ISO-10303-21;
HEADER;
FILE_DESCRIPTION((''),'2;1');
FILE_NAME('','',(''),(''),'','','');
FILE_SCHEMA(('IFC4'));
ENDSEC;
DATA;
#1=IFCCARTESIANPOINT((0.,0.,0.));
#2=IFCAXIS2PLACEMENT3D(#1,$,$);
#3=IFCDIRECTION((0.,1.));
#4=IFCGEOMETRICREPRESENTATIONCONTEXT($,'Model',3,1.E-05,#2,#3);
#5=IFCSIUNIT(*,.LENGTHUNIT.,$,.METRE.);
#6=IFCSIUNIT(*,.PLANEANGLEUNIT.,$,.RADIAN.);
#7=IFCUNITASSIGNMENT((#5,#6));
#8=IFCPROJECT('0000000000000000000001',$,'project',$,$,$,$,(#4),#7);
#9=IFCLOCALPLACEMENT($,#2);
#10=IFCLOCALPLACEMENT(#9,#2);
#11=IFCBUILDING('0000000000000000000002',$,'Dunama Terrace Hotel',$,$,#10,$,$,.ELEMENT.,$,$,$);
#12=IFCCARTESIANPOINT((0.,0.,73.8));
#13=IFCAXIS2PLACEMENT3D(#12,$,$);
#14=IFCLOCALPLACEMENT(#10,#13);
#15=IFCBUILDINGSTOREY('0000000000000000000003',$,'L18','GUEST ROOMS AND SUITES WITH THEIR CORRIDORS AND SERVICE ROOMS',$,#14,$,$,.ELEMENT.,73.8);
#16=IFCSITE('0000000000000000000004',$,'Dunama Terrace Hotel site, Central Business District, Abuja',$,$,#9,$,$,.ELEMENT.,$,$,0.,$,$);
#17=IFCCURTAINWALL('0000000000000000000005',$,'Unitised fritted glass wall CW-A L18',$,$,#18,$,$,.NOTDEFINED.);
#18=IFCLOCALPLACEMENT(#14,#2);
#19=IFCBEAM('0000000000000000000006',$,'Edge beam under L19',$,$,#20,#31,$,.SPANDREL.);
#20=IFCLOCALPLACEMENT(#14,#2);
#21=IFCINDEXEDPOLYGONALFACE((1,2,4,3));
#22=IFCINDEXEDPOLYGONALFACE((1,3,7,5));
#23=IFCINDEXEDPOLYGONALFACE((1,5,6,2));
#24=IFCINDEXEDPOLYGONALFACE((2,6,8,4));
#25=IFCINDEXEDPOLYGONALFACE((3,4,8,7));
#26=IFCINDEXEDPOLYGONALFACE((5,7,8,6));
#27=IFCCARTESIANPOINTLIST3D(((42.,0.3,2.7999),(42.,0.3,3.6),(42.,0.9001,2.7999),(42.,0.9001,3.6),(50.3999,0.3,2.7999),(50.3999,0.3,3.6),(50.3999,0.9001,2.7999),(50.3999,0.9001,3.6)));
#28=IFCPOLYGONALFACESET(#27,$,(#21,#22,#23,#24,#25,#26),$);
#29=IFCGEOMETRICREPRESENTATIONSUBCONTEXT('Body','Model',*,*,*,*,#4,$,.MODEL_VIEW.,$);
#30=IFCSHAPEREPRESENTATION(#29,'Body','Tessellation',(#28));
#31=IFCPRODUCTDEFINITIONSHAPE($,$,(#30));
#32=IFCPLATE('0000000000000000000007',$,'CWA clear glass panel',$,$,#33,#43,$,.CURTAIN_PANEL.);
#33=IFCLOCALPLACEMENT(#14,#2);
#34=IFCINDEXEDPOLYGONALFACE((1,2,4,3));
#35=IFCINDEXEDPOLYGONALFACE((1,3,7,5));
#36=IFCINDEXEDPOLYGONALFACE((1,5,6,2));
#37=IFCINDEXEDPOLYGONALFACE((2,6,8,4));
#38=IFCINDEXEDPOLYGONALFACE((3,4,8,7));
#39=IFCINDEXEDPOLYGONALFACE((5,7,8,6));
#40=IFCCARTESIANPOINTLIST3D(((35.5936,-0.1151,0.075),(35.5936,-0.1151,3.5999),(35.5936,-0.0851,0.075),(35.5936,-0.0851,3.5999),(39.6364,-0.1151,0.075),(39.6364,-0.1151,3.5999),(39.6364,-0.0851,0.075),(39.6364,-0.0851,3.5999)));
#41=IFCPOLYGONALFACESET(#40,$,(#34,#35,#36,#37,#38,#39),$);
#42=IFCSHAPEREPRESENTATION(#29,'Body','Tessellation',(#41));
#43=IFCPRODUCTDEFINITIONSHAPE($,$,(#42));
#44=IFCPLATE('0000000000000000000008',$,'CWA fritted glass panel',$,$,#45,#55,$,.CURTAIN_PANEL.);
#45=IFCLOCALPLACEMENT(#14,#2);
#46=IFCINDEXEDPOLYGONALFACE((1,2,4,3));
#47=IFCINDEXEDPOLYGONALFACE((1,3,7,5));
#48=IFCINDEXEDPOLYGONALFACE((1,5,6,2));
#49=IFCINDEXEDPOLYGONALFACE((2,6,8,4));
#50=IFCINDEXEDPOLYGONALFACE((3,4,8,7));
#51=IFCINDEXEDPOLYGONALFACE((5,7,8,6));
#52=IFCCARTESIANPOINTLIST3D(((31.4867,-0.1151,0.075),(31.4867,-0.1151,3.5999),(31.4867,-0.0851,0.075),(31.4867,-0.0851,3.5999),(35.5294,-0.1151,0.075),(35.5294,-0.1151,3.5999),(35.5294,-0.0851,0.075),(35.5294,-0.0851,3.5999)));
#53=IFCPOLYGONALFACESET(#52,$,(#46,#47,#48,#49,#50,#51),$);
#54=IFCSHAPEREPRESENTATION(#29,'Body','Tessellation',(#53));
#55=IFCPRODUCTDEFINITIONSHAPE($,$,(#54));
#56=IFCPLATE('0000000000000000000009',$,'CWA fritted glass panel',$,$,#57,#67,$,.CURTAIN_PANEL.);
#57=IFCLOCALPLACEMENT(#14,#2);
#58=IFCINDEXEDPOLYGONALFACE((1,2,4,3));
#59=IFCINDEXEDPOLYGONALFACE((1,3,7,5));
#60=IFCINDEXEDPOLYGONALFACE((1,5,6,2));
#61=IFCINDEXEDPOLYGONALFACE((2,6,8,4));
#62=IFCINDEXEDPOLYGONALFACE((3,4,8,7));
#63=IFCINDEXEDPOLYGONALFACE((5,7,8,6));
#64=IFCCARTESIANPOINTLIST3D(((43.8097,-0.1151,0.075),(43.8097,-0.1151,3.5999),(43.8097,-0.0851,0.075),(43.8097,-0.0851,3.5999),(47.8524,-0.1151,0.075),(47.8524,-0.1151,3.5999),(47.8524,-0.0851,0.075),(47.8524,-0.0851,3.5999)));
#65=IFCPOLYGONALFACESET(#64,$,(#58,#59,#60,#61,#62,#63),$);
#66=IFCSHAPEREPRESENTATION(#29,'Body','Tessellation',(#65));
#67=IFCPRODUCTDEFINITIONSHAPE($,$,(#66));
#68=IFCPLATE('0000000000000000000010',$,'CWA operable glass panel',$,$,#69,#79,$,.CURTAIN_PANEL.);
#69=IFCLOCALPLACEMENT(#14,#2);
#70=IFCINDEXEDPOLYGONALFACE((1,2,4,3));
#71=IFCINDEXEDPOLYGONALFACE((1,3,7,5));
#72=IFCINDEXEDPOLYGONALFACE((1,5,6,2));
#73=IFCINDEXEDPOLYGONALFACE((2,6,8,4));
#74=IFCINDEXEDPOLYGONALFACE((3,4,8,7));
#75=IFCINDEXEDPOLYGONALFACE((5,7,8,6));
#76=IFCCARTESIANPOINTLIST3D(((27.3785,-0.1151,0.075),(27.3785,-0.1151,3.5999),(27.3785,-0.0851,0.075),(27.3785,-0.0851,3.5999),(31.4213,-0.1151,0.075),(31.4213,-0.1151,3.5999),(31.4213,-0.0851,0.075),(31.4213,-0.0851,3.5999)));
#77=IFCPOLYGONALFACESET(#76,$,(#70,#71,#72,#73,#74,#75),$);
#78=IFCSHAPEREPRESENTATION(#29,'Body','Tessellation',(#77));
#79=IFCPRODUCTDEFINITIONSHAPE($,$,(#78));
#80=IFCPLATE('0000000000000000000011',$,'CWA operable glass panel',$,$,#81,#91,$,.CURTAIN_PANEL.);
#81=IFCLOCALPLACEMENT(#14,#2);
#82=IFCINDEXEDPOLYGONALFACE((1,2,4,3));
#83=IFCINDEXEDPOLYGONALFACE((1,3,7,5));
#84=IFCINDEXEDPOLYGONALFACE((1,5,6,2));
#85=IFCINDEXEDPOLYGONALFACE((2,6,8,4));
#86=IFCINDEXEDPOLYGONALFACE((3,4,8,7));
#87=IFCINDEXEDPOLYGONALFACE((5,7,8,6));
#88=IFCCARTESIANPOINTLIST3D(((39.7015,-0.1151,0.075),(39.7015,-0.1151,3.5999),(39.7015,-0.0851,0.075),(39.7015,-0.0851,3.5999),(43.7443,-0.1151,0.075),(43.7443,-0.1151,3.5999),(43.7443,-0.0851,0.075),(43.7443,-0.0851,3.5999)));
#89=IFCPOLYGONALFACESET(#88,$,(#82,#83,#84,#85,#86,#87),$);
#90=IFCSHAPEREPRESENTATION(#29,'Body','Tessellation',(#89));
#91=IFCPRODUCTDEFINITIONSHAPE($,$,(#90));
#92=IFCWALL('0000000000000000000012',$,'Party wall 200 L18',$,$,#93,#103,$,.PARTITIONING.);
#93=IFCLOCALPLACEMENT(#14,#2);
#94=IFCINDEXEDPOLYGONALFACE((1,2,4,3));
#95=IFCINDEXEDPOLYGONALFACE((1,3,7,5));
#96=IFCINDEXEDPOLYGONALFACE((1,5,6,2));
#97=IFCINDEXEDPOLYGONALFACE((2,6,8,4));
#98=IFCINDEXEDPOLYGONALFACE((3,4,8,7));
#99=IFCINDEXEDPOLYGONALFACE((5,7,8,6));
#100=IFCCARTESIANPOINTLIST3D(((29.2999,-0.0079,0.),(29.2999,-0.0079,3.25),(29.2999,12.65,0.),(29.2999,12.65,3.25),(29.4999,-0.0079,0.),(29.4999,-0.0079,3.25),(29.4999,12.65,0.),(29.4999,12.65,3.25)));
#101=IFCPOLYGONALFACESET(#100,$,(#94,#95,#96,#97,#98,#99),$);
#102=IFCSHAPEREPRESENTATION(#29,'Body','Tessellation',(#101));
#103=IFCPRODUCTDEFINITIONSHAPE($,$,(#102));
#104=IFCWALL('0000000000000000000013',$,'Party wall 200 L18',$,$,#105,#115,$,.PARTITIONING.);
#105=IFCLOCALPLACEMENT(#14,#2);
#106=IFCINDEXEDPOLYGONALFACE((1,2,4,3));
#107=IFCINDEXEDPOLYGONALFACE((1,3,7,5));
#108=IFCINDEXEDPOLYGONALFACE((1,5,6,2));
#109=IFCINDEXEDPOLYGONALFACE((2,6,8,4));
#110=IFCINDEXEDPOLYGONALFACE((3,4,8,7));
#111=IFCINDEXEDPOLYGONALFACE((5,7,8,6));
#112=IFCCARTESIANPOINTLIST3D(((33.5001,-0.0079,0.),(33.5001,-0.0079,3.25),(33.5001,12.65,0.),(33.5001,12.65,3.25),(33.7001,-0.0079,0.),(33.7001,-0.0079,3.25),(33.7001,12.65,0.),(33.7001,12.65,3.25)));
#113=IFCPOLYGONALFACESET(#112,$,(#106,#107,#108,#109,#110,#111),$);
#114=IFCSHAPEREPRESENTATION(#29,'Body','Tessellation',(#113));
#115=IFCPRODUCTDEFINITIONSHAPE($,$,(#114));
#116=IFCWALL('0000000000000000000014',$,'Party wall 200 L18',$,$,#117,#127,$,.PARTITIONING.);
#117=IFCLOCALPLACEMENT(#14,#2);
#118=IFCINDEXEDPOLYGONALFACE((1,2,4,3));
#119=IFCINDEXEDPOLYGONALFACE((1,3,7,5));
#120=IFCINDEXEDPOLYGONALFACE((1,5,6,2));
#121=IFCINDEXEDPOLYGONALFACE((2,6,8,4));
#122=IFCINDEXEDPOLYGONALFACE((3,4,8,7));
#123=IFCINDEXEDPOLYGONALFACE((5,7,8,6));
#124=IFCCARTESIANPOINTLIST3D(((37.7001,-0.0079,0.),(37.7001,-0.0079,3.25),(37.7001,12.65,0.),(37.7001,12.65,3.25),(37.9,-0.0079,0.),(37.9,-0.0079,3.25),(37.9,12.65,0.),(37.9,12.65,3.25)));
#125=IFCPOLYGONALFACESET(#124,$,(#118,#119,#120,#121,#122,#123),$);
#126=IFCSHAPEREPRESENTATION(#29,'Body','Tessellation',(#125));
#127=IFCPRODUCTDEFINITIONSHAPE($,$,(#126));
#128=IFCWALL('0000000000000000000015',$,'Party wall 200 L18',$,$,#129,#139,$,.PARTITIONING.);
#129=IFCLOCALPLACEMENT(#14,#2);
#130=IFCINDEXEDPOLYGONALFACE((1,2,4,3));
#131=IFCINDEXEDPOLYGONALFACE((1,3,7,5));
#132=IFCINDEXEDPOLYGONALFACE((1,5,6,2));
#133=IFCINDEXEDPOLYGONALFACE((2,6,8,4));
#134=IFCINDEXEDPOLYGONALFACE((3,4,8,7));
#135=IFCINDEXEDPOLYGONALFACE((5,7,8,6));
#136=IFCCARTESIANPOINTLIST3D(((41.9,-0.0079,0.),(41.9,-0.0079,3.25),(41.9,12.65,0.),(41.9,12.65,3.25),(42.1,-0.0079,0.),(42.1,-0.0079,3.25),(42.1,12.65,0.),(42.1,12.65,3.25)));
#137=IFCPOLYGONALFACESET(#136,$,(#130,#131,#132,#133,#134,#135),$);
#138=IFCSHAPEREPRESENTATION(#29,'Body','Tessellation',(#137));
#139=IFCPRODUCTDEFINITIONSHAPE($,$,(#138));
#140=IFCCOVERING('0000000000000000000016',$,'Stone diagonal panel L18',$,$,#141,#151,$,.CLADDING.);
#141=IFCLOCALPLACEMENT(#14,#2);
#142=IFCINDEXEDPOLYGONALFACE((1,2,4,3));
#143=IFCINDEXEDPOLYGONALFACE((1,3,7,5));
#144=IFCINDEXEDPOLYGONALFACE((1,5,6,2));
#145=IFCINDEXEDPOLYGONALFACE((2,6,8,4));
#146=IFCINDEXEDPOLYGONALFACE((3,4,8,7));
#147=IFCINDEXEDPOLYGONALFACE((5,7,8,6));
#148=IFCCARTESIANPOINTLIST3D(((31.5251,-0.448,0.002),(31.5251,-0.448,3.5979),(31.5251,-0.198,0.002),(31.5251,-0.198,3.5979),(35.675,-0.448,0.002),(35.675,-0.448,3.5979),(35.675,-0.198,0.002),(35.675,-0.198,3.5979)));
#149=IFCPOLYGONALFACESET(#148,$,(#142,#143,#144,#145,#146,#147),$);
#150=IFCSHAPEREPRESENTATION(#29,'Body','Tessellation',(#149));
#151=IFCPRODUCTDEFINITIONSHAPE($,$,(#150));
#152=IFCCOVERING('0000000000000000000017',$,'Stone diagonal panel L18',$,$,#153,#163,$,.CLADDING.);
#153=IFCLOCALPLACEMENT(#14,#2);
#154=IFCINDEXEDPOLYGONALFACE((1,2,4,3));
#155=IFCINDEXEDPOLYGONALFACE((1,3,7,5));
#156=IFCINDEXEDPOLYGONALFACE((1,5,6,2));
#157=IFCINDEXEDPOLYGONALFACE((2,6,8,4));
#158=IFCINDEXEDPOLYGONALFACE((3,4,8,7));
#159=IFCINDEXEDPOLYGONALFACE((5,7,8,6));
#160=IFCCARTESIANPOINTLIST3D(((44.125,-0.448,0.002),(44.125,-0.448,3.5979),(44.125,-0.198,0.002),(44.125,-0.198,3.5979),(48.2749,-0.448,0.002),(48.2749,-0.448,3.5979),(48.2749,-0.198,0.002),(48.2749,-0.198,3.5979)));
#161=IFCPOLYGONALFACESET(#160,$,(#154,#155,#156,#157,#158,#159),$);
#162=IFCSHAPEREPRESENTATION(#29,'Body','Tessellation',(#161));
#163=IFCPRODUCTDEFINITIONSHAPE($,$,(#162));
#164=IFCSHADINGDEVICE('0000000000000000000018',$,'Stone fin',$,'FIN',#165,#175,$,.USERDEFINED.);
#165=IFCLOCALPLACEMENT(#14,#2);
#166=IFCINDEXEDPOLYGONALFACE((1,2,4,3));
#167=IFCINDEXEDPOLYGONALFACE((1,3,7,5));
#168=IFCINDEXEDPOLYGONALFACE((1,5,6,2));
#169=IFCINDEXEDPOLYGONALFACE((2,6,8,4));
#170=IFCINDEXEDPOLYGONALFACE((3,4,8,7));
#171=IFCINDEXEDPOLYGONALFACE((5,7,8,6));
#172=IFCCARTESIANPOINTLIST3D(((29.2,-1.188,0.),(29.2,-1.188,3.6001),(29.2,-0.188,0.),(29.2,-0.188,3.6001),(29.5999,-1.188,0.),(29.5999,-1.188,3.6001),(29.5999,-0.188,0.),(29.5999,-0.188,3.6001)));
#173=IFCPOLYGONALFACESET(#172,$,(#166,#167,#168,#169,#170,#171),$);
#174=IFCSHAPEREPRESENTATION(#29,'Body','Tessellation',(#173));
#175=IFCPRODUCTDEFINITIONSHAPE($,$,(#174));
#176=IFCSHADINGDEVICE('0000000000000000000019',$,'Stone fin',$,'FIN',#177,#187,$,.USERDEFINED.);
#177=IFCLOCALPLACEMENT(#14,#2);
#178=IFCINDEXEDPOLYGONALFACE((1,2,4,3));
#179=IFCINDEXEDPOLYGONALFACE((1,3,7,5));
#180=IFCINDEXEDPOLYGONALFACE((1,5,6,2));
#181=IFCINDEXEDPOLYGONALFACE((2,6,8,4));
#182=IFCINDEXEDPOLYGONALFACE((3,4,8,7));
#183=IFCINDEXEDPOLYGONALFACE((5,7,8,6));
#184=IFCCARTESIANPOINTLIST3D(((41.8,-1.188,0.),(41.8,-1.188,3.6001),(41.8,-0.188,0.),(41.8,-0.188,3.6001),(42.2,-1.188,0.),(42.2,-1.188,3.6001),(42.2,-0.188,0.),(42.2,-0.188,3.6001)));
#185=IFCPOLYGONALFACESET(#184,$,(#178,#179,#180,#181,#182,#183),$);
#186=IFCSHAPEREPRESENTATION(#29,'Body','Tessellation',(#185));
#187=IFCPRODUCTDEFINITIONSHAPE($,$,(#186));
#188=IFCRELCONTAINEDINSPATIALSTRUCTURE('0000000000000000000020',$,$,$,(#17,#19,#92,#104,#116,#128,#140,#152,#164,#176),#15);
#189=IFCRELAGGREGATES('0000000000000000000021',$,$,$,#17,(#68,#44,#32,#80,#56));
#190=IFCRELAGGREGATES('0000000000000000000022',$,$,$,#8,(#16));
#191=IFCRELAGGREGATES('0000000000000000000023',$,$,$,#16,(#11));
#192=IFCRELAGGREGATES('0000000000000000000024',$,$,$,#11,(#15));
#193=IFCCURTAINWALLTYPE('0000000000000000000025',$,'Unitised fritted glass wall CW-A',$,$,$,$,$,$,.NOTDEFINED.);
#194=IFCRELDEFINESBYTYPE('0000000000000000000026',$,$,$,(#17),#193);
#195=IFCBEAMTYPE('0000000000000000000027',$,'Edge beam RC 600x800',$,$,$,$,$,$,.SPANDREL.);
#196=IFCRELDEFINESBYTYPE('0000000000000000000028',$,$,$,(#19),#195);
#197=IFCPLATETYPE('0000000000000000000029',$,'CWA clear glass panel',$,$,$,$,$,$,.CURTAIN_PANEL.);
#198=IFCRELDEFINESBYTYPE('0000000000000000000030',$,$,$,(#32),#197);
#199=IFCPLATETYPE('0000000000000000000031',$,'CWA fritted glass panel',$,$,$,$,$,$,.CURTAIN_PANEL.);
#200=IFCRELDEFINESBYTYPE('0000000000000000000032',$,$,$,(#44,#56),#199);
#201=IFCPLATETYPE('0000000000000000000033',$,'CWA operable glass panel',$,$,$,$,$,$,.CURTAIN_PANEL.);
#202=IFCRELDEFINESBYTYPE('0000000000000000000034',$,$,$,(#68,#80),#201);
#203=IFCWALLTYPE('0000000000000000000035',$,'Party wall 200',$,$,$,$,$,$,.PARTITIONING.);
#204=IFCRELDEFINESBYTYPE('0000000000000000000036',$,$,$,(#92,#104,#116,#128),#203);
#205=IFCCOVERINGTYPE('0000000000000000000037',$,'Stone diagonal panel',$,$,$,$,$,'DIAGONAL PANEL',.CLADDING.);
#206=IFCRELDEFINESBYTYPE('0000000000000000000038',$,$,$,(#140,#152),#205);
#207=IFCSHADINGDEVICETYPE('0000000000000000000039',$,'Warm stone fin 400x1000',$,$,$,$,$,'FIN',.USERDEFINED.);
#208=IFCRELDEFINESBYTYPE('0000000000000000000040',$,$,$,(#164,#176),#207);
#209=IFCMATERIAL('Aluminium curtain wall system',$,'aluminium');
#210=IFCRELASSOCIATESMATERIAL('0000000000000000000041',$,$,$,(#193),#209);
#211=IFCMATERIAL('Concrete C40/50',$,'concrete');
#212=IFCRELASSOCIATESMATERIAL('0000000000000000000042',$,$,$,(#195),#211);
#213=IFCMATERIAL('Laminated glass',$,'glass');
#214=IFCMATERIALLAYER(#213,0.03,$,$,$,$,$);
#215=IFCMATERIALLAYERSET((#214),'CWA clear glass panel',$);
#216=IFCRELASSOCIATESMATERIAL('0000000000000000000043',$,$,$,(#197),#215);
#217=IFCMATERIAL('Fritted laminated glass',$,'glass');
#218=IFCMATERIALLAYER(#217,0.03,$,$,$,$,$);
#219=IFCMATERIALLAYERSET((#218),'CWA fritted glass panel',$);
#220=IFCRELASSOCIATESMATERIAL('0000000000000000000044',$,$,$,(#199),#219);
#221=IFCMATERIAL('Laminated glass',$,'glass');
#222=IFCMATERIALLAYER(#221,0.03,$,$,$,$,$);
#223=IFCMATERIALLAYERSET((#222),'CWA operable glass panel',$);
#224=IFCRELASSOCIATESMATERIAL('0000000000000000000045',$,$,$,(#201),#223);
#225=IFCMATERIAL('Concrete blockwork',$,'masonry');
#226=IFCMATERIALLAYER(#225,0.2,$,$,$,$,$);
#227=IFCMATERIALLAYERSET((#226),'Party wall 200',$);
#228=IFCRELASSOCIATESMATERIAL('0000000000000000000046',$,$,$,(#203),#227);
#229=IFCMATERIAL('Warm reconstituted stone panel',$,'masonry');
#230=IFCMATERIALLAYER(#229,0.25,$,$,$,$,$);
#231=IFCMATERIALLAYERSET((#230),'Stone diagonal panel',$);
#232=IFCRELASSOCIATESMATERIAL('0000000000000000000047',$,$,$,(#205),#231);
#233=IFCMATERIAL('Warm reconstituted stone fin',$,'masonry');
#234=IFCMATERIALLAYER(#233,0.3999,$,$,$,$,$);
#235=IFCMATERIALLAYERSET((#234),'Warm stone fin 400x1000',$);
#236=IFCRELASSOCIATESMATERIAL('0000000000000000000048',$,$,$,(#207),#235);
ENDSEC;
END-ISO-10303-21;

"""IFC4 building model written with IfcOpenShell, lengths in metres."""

from ifc_helpers import new_model, si_unit, direction, frame, frame_2d, origin, origin_2d, place, context, subcontext, project, spatial, rectangle, extrude, material, layer, layer_set, material_profile, profile_set, type_object, element, aggregate, save


model = new_model("IFC4")

# Units and contexts
model_context = context("Model", 3, precision=1e-05, world=origin(), true_north=direction((0.0, 1.0)))
body_context = subcontext(model_context, "Body", "Model", "MODEL_VIEW")
ifc_project = project(units=[si_unit("LENGTHUNIT", "METRE"), si_unit("PLANEANGLEUNIT", "RADIAN")], contexts=[model_context])

# Site, building, storey
site_placement = place(None, origin())
site = spatial("IfcSite", under=ifc_project, at=site_placement, Name="Dunama Terrace Hotel site, Central Business District, Abuja", CompositionType="ELEMENT", RefElevation=0.0)
building_placement = place(site_placement, origin())
building = spatial("IfcBuilding", under=site, at=building_placement, Name="Dunama Terrace Hotel", CompositionType="ELEMENT")
storey_placement = place(building_placement, frame((0.0, 0.0, 73.8)))
storey = spatial("IfcBuildingStorey", under=building, at=storey_placement, Name="L18", Description="GUEST ROOMS AND SUITES WITH THEIR CORRIDORS AND SERVICE ROOMS", CompositionType="ELEMENT", Elevation=73.8)

# Curtain wall
ifc_material_1 = material(Name="Aluminium curtain wall system", Category="aluminium")
curtain_wall_type = type_object("IfcCurtainWallType", Name="Unitised fritted glass wall CW-A", PredefinedType="NOTDEFINED", material=ifc_material_1)
curtain_wall_placement = place(storey_placement, origin())
curtain_wall = element("IfcCurtainWall", 1, at=curtain_wall_placement, inside=storey, type_object=curtain_wall_type, Name="Unitised fritted glass wall CW-A L18", PredefinedType="NOTDEFINED")

# Beam
ifc_material_2 = material(Name="Concrete C40/50", Category="concrete")
ifc_material_profile_1 = material_profile(ifc_material_2, rectangle(XDim=0.6001, YDim=0.8, at=origin_2d()), Name="RC 600x800")
ifc_profile_set_1 = profile_set([ifc_material_profile_1], Name="Concrete C40/50")
beam_type = type_object("IfcBeamType", Name="Edge beam RC 600x800", PredefinedType="SPANDREL", material=ifc_profile_set_1)
for number, where, z_axis, x_axis, name in (
    (2, (42.0, 0.6001, 3.2), (1.0, 0.0, 0.0), (0.0, 1.0, 0.0), "Edge beam under L19"),
):
    element("IfcBeam", number, at=place(storey_placement, frame(where, z_axis=z_axis, x_axis=x_axis)), inside=storey, type_object=beam_type, Name=name, PredefinedType="SPANDREL", context=body_context, shape_type="SweptSolid", body=[
        extrude(rectangle(XDim=0.6001, YDim=0.8, at=origin_2d()), origin(), (0.0, 0.0, 1.0), 8.3999),
    ])

# Plates
ifc_material_3 = material(Name="Laminated glass", Category="glass")
ifc_layer_1 = layer(ifc_material_3, 0.03)
ifc_layer_set_1 = layer_set([ifc_layer_1], Name="CWA clear glass panel")
plate_type_1 = type_object("IfcPlateType", Name="CWA clear glass panel", PredefinedType="CURTAIN_PANEL", material=ifc_layer_set_1)
plate_1_placement = place(storey_placement, frame((37.615, -0.1001, 0.075), z_axis=(0.0, 0.0, 1.0), x_axis=(1.0, 0.0, 0.0)))
plate_1 = element("IfcPlate", 3, at=plate_1_placement, type_object=plate_type_1, Name="CWA clear glass panel", PredefinedType="CURTAIN_PANEL", context=body_context, shape_type="SweptSolid", body=[
    extrude(rectangle(XDim=4.0427, YDim=0.03, at=origin_2d()), origin(), (0.0, 0.0, 1.0), 3.5249),
])
ifc_material_4 = material(Name="Fritted laminated glass", Category="glass")
ifc_layer_2 = layer(ifc_material_4, 0.03)
ifc_layer_set_2 = layer_set([ifc_layer_2], Name="CWA fritted glass panel")
plate_type_2 = type_object("IfcPlateType", Name="CWA fritted glass panel", PredefinedType="CURTAIN_PANEL", material=ifc_layer_set_2)
plate_2_placement = place(storey_placement, frame((33.5081, -0.1001, 0.075), z_axis=(0.0, 0.0, 1.0), x_axis=(1.0, 0.0, 0.0)))
plate_2 = element("IfcPlate", 4, at=plate_2_placement, type_object=plate_type_2, Name="CWA fritted glass panel", PredefinedType="CURTAIN_PANEL", context=body_context, shape_type="SweptSolid", body=[
    extrude(rectangle(XDim=4.0427, YDim=0.03, at=origin_2d()), origin(), (0.0, 0.0, 1.0), 3.5249),
])
plate_3_placement = place(storey_placement, frame((45.8311, -0.1001, 0.075), z_axis=(0.0, 0.0, 1.0), x_axis=(1.0, 0.0, 0.0)))
plate_3 = element("IfcPlate", 5, at=plate_3_placement, type_object=plate_type_2, Name="CWA fritted glass panel", PredefinedType="CURTAIN_PANEL", context=body_context, shape_type="SweptSolid", body=[
    extrude(rectangle(XDim=4.0427, YDim=0.03, at=origin_2d()), origin(), (0.0, 0.0, 1.0), 3.5249),
])
ifc_material_5 = material(Name="Laminated glass", Category="glass")
ifc_layer_3 = layer(ifc_material_5, 0.03)
ifc_layer_set_3 = layer_set([ifc_layer_3], Name="CWA operable glass panel")
plate_type_3 = type_object("IfcPlateType", Name="CWA operable glass panel", PredefinedType="CURTAIN_PANEL", material=ifc_layer_set_3)
plate_4_placement = place(storey_placement, frame((29.3999, -0.1001, 0.075), z_axis=(0.0, 0.0, 1.0), x_axis=(1.0, 0.0, 0.0)))
plate_4 = element("IfcPlate", 6, at=plate_4_placement, type_object=plate_type_3, Name="CWA operable glass panel", PredefinedType="CURTAIN_PANEL", context=body_context, shape_type="SweptSolid", body=[
    extrude(rectangle(XDim=4.0427, YDim=0.03, at=origin_2d()), origin(), (0.0, 0.0, 1.0), 3.5249),
])
plate_5_placement = place(storey_placement, frame((41.7229, -0.1001, 0.075), z_axis=(0.0, 0.0, 1.0), x_axis=(1.0, 0.0, 0.0)))
plate_5 = element("IfcPlate", 7, at=plate_5_placement, type_object=plate_type_3, Name="CWA operable glass panel", PredefinedType="CURTAIN_PANEL", context=body_context, shape_type="SweptSolid", body=[
    extrude(rectangle(XDim=4.0427, YDim=0.03, at=origin_2d()), origin(), (0.0, 0.0, 1.0), 3.5249),
])
aggregate(curtain_wall, [plate_4, plate_2, plate_1, plate_5, plate_3])

# Walls
ifc_material_6 = material(Name="Concrete blockwork", Category="masonry")
ifc_layer_4 = layer(ifc_material_6, 0.2)
ifc_layer_set_4 = layer_set([ifc_layer_4], Name="Party wall 200")
wall_type = type_object("IfcWallType", Name="Party wall 200", PredefinedType="PARTITIONING", material=ifc_layer_set_4)
for number, where, z_axis, x_axis, name in (
    (8, (29.3999, -0.0081, 0.0), (0.0, 0.0, 1.0), (0.0, 1.0, 0.0), "Party wall 200 L18"),
    (9, (33.6001, -0.0081, 0.0), (0.0, 0.0, 1.0), (0.0, 1.0, 0.0), "Party wall 200 L18"),
    (10, (37.8, -0.0081, 0.0), (0.0, 0.0, 1.0), (0.0, 1.0, 0.0), "Party wall 200 L18"),
    (11, (42.0, -0.0081, 0.0), (0.0, 0.0, 1.0), (0.0, 1.0, 0.0), "Party wall 200 L18"),
):
    element("IfcWall", number, at=place(storey_placement, frame(where, z_axis=z_axis, x_axis=x_axis)), inside=storey, type_object=wall_type, Name=name, PredefinedType="PARTITIONING", context=body_context, shape_type="SweptSolid", body=[
        extrude(rectangle(XDim=12.658, YDim=0.2, at=frame_2d((6.3291, 0.0))), origin(), (0.0, 0.0, 1.0), 3.25),
    ])

# Coverings
ifc_material_7 = material(Name="Warm reconstituted stone panel", Category="masonry")
ifc_layer_5 = layer(ifc_material_7, 0.25)
ifc_layer_set_5 = layer_set([ifc_layer_5], Name="Stone diagonal panel")
covering_type = type_object("IfcCoveringType", Name="Stone diagonal panel", ElementType="DIAGONAL PANEL", PredefinedType="CLADDING", material=ifc_layer_set_5)
for number, where, z_axis, x_axis, name in (
    (12, (33.6001, -0.323, 0.002), (0.0, 0.0, 1.0), (1.0, 0.0, 0.0), "Stone diagonal panel L18"),
    (13, (46.2, -0.323, 0.002), (0.0, 0.0, 1.0), (1.0, 0.0, 0.0), "Stone diagonal panel L18"),
):
    element("IfcCovering", number, at=place(storey_placement, frame(where, z_axis=z_axis, x_axis=x_axis)), inside=storey, type_object=covering_type, Name=name, PredefinedType="CLADDING", context=body_context, shape_type="SweptSolid", body=[
        extrude(rectangle(XDim=4.1499, YDim=0.25, at=origin_2d()), origin(), (0.0, 0.0, 1.0), 3.5959),
    ])

# Shading devices
ifc_material_8 = material(Name="Warm reconstituted stone fin", Category="masonry")
ifc_layer_6 = layer(ifc_material_8, 0.3999)
ifc_layer_set_6 = layer_set([ifc_layer_6], Name="Warm stone fin 400x1000")
shading_device_type = type_object("IfcShadingDeviceType", Name="Warm stone fin 400x1000", ElementType="FIN", PredefinedType="USERDEFINED", material=ifc_layer_set_6)
for number, where, z_axis, x_axis, name in (
    (14, (29.3999, -0.688, 0.0), (0.0, 0.0, 1.0), (1.0, 0.0, 0.0), "Stone fin"),
    (15, (42.0, -0.688, 0.0), (0.0, 0.0, 1.0), (1.0, 0.0, 0.0), "Stone fin"),
):
    element("IfcShadingDevice", number, at=place(storey_placement, frame(where, z_axis=z_axis, x_axis=x_axis)), inside=storey, type_object=shading_device_type, Name=name, ObjectType="FIN", PredefinedType="USERDEFINED", context=body_context, shape_type="SweptSolid", body=[
        extrude(rectangle(XDim=0.3999, YDim=1.0, at=origin_2d()), origin(), (0.0, 0.0, 1.0), 3.6001),
    ])

save(model, "model.ifc")
